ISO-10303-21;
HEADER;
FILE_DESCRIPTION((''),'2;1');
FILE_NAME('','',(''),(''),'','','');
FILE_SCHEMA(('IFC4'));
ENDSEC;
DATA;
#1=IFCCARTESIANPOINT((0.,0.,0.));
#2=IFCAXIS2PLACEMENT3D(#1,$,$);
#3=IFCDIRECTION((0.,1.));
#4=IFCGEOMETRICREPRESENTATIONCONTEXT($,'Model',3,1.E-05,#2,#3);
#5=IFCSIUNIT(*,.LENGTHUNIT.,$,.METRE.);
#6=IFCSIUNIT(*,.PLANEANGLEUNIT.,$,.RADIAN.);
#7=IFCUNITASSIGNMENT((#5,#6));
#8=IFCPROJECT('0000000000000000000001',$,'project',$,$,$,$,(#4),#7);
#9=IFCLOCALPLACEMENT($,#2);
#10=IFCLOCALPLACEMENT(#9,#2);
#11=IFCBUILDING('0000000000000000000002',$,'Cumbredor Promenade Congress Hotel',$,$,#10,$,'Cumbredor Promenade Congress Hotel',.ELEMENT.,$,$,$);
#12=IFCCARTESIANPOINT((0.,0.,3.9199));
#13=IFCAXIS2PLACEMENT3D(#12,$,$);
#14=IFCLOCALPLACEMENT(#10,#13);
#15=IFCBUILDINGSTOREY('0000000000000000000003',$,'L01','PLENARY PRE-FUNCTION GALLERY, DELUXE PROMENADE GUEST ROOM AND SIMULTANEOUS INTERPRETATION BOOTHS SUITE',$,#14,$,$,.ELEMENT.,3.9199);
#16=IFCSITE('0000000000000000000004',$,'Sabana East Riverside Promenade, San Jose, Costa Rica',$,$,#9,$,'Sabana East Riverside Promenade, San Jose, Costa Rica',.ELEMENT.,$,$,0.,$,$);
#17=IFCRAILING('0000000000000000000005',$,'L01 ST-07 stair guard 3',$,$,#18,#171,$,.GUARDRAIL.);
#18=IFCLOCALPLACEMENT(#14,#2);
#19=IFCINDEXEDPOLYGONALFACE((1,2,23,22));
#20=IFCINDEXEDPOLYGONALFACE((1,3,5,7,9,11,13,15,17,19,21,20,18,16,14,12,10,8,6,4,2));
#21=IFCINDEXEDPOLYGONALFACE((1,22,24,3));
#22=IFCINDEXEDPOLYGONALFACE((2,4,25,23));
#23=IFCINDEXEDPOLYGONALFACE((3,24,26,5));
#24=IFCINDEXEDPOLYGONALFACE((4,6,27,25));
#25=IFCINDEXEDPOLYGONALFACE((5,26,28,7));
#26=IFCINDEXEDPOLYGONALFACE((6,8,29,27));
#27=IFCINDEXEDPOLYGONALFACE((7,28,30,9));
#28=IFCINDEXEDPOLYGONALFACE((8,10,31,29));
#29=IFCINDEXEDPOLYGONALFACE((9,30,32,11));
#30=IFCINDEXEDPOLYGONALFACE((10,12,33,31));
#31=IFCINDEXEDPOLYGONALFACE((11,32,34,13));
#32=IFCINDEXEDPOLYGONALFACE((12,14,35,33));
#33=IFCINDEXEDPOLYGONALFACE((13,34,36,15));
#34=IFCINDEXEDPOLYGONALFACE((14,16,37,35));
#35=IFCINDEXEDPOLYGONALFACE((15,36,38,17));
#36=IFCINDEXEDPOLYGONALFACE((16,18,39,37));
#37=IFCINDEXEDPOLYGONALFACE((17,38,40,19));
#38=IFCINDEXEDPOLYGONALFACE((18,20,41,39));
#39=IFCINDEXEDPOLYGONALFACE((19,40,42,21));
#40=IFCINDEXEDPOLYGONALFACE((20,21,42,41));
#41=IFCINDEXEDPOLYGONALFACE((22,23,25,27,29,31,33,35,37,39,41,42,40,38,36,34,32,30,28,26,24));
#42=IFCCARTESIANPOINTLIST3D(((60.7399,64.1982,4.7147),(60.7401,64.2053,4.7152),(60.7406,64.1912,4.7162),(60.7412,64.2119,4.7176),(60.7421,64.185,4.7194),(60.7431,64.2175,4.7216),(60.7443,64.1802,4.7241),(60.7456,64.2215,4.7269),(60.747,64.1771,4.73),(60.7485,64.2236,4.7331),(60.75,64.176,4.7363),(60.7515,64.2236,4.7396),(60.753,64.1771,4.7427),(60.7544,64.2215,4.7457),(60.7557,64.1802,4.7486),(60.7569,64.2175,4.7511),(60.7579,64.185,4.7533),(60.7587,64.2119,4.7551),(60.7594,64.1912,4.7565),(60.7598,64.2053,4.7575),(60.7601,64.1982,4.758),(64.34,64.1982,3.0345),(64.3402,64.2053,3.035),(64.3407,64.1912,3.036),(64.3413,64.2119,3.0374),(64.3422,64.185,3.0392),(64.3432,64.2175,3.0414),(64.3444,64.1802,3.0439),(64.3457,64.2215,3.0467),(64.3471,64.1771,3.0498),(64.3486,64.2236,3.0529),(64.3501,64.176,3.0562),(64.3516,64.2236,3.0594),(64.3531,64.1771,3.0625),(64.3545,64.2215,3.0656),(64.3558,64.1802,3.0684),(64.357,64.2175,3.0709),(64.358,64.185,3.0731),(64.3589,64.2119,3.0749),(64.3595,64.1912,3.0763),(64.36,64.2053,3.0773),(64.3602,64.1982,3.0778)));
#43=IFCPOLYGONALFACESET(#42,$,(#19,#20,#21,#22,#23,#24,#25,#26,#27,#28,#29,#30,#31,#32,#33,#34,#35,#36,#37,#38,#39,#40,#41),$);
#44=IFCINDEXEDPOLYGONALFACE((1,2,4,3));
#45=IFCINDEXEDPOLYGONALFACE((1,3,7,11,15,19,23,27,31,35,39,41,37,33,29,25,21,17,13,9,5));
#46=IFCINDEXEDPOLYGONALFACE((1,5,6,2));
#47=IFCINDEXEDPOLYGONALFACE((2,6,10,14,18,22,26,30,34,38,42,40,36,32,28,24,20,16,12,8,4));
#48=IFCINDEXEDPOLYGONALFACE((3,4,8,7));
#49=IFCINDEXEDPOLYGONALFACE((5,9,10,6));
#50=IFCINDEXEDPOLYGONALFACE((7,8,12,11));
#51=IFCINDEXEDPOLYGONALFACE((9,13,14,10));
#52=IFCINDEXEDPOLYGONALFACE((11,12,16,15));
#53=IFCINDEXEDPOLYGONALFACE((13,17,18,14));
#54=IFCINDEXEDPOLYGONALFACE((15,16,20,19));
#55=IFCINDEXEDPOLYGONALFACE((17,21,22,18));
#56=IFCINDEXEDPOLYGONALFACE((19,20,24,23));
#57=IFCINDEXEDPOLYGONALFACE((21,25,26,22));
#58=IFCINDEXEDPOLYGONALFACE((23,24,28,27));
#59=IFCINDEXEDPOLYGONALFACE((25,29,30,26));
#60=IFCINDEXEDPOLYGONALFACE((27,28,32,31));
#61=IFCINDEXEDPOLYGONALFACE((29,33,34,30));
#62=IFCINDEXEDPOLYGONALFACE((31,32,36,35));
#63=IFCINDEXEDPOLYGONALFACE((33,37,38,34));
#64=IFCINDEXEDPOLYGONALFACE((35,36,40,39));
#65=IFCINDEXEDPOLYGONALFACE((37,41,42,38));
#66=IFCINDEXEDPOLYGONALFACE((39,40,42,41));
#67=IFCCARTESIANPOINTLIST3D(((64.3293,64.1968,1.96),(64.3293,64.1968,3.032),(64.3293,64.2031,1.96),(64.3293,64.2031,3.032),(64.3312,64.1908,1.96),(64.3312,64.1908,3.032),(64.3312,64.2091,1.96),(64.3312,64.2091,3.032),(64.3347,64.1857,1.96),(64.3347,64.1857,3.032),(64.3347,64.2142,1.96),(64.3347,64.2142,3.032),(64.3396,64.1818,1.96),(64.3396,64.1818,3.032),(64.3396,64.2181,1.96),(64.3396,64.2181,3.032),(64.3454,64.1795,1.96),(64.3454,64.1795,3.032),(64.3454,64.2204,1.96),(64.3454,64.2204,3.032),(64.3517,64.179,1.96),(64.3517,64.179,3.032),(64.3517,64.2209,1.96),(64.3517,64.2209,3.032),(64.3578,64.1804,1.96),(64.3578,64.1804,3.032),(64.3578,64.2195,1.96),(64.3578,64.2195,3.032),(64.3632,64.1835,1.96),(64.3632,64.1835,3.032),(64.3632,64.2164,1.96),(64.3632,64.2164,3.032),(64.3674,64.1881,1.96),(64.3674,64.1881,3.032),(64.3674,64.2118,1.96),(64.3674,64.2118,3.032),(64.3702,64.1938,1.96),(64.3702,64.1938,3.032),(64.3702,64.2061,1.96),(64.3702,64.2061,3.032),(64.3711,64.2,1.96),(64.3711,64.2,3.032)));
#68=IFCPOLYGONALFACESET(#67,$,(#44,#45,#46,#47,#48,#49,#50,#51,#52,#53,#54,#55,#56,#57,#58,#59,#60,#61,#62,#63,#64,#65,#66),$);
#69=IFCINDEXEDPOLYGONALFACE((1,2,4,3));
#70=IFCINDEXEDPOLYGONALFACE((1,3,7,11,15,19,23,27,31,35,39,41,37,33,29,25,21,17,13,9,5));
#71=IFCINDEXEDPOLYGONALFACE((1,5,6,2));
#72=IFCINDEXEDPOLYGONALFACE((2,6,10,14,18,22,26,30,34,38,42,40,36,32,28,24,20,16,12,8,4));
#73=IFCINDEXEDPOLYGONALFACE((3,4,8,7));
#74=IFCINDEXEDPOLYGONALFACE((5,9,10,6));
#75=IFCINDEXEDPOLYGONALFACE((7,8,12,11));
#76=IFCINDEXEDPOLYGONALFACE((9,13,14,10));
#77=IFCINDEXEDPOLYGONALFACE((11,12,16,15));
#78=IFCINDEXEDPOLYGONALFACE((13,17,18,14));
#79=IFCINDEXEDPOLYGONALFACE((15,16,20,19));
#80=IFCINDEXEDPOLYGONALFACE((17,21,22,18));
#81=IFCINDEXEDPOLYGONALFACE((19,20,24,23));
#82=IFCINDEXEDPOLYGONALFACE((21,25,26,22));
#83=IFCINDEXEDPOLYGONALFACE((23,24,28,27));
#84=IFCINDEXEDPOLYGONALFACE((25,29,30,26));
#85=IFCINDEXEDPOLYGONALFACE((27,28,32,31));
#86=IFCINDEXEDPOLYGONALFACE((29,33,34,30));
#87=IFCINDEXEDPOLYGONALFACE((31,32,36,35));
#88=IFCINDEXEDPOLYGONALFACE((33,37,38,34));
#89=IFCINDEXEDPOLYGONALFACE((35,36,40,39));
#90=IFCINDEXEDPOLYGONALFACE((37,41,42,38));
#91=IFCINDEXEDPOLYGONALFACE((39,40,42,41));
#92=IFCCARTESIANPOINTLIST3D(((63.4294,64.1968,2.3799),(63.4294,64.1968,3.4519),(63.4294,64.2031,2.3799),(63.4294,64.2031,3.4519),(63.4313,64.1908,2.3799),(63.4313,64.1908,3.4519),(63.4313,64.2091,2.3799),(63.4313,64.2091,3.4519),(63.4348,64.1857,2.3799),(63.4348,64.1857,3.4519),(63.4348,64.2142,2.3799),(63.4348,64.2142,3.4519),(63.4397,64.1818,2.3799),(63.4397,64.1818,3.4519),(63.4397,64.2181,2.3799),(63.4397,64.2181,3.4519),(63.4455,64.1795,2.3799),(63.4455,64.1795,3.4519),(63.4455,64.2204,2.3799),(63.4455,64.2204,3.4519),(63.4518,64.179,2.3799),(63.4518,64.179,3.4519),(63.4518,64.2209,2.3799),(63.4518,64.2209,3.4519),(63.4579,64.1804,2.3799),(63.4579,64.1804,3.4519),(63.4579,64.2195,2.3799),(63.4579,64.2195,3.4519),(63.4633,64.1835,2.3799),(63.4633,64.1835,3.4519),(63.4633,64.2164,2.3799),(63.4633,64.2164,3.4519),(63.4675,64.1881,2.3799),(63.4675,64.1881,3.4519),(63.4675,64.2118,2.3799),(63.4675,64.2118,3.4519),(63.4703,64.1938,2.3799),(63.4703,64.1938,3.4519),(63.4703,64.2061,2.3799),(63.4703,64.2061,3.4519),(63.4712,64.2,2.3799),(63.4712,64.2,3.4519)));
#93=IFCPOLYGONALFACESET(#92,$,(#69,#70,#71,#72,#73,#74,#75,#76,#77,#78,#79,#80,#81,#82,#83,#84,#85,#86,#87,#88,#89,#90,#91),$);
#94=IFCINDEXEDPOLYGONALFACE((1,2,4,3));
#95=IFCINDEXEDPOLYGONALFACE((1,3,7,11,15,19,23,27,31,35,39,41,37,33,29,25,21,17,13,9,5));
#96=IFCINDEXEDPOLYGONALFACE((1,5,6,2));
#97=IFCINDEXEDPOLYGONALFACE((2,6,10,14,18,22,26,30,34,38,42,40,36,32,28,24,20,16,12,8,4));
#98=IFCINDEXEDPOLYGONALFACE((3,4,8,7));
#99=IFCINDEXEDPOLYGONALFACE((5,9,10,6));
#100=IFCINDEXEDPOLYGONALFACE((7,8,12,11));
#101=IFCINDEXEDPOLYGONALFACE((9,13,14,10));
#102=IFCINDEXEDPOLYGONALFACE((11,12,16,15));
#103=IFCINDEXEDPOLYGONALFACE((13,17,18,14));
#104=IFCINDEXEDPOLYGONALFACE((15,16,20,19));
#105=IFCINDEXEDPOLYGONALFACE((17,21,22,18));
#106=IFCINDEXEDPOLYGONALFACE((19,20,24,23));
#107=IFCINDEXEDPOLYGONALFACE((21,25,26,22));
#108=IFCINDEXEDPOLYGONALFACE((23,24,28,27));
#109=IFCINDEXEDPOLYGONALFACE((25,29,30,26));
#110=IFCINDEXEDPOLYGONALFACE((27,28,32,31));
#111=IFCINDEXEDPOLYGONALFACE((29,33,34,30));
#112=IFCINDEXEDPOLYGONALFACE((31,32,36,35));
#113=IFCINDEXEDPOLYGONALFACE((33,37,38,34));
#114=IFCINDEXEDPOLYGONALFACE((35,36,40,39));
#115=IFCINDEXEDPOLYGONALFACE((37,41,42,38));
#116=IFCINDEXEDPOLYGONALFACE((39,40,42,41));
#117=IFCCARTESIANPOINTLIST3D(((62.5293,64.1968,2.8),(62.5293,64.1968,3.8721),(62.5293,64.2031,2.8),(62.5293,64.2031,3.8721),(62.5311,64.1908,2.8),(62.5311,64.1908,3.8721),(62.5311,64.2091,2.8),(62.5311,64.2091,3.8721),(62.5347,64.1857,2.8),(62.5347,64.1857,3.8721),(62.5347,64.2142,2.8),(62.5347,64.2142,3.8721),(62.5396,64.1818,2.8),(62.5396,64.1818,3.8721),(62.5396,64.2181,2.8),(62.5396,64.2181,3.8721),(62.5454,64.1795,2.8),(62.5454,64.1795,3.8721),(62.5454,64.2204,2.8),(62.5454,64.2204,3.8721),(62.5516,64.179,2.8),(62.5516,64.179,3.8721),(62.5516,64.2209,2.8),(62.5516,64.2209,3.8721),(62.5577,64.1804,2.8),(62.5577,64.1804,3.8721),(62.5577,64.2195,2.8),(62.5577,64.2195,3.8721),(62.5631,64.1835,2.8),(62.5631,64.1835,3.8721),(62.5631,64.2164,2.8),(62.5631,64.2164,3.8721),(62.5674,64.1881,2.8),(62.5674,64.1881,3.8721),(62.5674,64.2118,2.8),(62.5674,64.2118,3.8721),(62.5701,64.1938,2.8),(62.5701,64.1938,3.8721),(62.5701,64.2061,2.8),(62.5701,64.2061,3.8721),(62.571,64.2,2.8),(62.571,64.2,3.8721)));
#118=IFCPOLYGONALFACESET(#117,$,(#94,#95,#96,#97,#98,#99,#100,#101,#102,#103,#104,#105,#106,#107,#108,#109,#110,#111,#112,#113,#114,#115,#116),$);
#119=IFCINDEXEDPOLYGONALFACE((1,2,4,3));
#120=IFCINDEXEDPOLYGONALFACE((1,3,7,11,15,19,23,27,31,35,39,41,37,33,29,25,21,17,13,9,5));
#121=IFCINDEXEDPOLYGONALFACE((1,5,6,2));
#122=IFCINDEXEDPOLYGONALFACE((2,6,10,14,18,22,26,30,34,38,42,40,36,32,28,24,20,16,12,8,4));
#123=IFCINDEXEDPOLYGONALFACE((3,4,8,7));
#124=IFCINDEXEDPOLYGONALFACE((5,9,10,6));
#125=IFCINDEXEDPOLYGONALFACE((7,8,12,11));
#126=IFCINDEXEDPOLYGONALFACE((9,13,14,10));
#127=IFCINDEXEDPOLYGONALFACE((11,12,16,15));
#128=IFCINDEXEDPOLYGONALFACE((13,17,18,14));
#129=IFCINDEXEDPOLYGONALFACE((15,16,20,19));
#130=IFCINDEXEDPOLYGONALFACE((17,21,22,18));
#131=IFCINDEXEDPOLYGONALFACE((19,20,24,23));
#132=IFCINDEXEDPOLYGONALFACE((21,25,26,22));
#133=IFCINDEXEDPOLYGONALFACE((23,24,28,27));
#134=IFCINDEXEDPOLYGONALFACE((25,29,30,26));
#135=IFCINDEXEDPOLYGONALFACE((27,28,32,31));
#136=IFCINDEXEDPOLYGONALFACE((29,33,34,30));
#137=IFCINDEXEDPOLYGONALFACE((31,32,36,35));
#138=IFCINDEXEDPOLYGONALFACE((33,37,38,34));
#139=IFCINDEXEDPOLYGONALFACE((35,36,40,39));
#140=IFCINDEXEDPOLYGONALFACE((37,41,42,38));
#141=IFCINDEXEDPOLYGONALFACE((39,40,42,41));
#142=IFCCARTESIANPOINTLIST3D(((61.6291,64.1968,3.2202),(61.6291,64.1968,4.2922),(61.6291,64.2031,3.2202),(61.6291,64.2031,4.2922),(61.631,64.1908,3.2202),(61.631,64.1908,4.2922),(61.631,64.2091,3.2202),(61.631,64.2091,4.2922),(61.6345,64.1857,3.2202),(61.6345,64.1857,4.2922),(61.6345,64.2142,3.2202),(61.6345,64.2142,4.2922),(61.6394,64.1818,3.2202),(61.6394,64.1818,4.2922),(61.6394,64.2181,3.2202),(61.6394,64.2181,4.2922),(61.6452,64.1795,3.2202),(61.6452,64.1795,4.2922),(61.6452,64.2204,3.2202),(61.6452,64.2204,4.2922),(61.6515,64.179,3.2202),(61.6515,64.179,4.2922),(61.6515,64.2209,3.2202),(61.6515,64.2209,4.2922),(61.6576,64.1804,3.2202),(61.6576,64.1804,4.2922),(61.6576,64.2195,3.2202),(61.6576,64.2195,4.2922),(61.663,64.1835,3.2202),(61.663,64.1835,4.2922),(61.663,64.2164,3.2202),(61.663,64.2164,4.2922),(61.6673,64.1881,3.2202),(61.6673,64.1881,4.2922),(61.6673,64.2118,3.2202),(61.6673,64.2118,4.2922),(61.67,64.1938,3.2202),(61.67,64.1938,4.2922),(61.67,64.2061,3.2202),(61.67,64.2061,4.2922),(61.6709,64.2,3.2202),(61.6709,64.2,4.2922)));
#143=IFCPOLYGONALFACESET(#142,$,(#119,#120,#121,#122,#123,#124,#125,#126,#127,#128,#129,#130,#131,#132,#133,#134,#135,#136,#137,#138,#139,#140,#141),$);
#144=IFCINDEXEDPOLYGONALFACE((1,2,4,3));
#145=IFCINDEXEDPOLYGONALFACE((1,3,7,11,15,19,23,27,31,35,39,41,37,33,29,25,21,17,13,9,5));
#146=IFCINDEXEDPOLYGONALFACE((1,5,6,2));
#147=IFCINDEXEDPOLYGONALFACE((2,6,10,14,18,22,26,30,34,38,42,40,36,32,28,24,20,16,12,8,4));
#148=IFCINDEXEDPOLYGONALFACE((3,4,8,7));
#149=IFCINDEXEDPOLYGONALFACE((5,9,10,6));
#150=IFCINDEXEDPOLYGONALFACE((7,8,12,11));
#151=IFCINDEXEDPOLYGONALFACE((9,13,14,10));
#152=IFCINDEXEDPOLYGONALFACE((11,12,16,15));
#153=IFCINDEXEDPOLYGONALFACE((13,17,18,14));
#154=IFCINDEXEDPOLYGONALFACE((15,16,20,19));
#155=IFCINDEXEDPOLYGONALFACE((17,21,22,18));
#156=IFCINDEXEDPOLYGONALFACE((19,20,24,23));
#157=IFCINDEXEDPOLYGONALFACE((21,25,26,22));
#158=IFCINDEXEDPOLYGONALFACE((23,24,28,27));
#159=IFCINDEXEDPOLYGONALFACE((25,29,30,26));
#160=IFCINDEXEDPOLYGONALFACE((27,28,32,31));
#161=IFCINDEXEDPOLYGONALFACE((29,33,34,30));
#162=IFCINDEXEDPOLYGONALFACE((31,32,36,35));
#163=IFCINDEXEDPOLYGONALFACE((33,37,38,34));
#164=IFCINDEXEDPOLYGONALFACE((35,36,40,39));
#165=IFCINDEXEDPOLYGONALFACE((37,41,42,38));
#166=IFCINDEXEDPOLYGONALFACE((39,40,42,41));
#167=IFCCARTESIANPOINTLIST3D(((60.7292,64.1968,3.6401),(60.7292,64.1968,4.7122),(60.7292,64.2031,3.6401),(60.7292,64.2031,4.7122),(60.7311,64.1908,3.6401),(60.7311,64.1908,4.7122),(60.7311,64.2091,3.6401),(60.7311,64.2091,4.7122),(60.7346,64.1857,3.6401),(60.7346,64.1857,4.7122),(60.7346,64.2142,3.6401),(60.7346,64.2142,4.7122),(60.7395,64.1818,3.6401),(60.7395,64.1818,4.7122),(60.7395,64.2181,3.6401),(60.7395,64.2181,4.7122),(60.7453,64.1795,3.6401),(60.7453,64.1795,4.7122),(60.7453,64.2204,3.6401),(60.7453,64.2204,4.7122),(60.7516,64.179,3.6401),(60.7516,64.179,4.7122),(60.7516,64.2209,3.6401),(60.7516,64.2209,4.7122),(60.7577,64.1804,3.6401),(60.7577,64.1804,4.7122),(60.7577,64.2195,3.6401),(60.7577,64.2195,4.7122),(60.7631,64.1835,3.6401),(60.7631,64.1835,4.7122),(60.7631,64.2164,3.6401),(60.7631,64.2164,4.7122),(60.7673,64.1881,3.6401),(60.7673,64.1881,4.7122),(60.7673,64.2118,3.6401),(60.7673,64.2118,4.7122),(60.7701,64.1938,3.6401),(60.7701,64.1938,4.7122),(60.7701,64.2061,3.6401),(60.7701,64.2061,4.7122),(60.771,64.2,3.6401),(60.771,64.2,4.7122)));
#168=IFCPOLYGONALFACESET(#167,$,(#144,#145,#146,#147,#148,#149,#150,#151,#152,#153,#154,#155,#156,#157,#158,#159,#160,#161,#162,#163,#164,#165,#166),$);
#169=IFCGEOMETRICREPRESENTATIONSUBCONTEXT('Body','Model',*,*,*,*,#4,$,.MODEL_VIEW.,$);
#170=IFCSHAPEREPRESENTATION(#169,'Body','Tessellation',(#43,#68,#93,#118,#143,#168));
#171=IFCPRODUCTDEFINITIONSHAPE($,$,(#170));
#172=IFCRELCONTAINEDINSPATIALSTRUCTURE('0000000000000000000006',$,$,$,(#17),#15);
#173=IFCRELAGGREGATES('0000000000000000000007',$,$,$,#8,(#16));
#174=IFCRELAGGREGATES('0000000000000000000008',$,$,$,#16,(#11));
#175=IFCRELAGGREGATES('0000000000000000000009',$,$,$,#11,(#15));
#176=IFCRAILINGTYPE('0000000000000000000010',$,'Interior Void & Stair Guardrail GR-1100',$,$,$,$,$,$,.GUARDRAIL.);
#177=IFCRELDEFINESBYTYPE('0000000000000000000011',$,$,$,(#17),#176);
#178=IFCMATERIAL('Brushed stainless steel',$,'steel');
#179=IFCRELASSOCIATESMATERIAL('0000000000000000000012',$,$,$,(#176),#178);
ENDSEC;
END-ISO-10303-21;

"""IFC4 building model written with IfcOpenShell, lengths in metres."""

from ifc_helpers import new_model, si_unit, direction, frame, origin, origin_2d, place, context, subcontext, project, spatial, circle, extrude, material, type_object, element, save


model = new_model("IFC4")

# Units and contexts
model_context = context("Model", 3, precision=1e-05, world=origin(), true_north=direction((0.0, 1.0)))
body_context = subcontext(model_context, "Body", "Model", "MODEL_VIEW")
ifc_project = project(units=[si_unit("LENGTHUNIT", "METRE"), si_unit("PLANEANGLEUNIT", "RADIAN")], contexts=[model_context])

# Site, building, storey
site_placement = place(None, origin())
site = spatial("IfcSite", under=ifc_project, at=site_placement, Name="Sabana East Riverside Promenade, San Jose, Costa Rica", LongName="Sabana East Riverside Promenade, San Jose, Costa Rica", CompositionType="ELEMENT", RefElevation=0.0)
building_placement = place(site_placement, origin())
building = spatial("IfcBuilding", under=site, at=building_placement, Name="Cumbredor Promenade Congress Hotel", LongName="Cumbredor Promenade Congress Hotel", CompositionType="ELEMENT")
storey_placement = place(building_placement, frame((0.0, 0.0, 3.9199)))
storey = spatial("IfcBuildingStorey", under=building, at=storey_placement, Name="L01", Description="PLENARY PRE-FUNCTION GALLERY, DELUXE PROMENADE GUEST ROOM AND SIMULTANEOUS INTERPRETATION BOOTHS SUITE", CompositionType="ELEMENT", Elevation=3.9199)

# Railing
ifc_material_1 = material(Name="Brushed stainless steel", Category="steel")
railing_type_1 = type_object("IfcRailingType", Name="Interior Void & Stair Guardrail GR-1100", PredefinedType="GUARDRAIL", material=ifc_material_1)
railing_1_placement = place(storey_placement, frame((64.3501, 64.2, 1.96)))
element("IfcRailing", 1, at=railing_1_placement, inside=storey, type_object=railing_type_1, Name="L01 ST-07 stair guard 3", PredefinedType="GUARDRAIL", context=body_context, shape_type="SweptSolid", body=[
    extrude(circle(Radius=0.0239, at=origin_2d()), frame((0.0, 0.0, 1.0962), z_axis=(-0.906171, 0.0, 0.422912), x_axis=(0.0, -1.0, 0.0)), (0.0, 0.0, 1.0), 3.9729),
    extrude(circle(Radius=0.021, at=origin_2d()), origin(), (0.0, 0.0, 1.0), 1.072),
    extrude(circle(Radius=0.021, at=origin_2d()), frame((-0.8999, 0.0, 0.4199)), (0.0, 0.0, 1.0), 1.072),
    extrude(circle(Radius=0.021, at=origin_2d()), frame((-1.8, 0.0, 0.8401)), (0.0, 0.0, 1.0), 1.072),
    extrude(circle(Radius=0.021, at=origin_2d()), frame((-2.7002, 0.0, 1.2603)), (0.0, 0.0, 1.0), 1.072),
    extrude(circle(Radius=0.021, at=origin_2d()), frame((-3.6001, 0.0, 1.6802)), (0.0, 0.0, 1.0), 1.072),
])

save(model, "model.ifc")
